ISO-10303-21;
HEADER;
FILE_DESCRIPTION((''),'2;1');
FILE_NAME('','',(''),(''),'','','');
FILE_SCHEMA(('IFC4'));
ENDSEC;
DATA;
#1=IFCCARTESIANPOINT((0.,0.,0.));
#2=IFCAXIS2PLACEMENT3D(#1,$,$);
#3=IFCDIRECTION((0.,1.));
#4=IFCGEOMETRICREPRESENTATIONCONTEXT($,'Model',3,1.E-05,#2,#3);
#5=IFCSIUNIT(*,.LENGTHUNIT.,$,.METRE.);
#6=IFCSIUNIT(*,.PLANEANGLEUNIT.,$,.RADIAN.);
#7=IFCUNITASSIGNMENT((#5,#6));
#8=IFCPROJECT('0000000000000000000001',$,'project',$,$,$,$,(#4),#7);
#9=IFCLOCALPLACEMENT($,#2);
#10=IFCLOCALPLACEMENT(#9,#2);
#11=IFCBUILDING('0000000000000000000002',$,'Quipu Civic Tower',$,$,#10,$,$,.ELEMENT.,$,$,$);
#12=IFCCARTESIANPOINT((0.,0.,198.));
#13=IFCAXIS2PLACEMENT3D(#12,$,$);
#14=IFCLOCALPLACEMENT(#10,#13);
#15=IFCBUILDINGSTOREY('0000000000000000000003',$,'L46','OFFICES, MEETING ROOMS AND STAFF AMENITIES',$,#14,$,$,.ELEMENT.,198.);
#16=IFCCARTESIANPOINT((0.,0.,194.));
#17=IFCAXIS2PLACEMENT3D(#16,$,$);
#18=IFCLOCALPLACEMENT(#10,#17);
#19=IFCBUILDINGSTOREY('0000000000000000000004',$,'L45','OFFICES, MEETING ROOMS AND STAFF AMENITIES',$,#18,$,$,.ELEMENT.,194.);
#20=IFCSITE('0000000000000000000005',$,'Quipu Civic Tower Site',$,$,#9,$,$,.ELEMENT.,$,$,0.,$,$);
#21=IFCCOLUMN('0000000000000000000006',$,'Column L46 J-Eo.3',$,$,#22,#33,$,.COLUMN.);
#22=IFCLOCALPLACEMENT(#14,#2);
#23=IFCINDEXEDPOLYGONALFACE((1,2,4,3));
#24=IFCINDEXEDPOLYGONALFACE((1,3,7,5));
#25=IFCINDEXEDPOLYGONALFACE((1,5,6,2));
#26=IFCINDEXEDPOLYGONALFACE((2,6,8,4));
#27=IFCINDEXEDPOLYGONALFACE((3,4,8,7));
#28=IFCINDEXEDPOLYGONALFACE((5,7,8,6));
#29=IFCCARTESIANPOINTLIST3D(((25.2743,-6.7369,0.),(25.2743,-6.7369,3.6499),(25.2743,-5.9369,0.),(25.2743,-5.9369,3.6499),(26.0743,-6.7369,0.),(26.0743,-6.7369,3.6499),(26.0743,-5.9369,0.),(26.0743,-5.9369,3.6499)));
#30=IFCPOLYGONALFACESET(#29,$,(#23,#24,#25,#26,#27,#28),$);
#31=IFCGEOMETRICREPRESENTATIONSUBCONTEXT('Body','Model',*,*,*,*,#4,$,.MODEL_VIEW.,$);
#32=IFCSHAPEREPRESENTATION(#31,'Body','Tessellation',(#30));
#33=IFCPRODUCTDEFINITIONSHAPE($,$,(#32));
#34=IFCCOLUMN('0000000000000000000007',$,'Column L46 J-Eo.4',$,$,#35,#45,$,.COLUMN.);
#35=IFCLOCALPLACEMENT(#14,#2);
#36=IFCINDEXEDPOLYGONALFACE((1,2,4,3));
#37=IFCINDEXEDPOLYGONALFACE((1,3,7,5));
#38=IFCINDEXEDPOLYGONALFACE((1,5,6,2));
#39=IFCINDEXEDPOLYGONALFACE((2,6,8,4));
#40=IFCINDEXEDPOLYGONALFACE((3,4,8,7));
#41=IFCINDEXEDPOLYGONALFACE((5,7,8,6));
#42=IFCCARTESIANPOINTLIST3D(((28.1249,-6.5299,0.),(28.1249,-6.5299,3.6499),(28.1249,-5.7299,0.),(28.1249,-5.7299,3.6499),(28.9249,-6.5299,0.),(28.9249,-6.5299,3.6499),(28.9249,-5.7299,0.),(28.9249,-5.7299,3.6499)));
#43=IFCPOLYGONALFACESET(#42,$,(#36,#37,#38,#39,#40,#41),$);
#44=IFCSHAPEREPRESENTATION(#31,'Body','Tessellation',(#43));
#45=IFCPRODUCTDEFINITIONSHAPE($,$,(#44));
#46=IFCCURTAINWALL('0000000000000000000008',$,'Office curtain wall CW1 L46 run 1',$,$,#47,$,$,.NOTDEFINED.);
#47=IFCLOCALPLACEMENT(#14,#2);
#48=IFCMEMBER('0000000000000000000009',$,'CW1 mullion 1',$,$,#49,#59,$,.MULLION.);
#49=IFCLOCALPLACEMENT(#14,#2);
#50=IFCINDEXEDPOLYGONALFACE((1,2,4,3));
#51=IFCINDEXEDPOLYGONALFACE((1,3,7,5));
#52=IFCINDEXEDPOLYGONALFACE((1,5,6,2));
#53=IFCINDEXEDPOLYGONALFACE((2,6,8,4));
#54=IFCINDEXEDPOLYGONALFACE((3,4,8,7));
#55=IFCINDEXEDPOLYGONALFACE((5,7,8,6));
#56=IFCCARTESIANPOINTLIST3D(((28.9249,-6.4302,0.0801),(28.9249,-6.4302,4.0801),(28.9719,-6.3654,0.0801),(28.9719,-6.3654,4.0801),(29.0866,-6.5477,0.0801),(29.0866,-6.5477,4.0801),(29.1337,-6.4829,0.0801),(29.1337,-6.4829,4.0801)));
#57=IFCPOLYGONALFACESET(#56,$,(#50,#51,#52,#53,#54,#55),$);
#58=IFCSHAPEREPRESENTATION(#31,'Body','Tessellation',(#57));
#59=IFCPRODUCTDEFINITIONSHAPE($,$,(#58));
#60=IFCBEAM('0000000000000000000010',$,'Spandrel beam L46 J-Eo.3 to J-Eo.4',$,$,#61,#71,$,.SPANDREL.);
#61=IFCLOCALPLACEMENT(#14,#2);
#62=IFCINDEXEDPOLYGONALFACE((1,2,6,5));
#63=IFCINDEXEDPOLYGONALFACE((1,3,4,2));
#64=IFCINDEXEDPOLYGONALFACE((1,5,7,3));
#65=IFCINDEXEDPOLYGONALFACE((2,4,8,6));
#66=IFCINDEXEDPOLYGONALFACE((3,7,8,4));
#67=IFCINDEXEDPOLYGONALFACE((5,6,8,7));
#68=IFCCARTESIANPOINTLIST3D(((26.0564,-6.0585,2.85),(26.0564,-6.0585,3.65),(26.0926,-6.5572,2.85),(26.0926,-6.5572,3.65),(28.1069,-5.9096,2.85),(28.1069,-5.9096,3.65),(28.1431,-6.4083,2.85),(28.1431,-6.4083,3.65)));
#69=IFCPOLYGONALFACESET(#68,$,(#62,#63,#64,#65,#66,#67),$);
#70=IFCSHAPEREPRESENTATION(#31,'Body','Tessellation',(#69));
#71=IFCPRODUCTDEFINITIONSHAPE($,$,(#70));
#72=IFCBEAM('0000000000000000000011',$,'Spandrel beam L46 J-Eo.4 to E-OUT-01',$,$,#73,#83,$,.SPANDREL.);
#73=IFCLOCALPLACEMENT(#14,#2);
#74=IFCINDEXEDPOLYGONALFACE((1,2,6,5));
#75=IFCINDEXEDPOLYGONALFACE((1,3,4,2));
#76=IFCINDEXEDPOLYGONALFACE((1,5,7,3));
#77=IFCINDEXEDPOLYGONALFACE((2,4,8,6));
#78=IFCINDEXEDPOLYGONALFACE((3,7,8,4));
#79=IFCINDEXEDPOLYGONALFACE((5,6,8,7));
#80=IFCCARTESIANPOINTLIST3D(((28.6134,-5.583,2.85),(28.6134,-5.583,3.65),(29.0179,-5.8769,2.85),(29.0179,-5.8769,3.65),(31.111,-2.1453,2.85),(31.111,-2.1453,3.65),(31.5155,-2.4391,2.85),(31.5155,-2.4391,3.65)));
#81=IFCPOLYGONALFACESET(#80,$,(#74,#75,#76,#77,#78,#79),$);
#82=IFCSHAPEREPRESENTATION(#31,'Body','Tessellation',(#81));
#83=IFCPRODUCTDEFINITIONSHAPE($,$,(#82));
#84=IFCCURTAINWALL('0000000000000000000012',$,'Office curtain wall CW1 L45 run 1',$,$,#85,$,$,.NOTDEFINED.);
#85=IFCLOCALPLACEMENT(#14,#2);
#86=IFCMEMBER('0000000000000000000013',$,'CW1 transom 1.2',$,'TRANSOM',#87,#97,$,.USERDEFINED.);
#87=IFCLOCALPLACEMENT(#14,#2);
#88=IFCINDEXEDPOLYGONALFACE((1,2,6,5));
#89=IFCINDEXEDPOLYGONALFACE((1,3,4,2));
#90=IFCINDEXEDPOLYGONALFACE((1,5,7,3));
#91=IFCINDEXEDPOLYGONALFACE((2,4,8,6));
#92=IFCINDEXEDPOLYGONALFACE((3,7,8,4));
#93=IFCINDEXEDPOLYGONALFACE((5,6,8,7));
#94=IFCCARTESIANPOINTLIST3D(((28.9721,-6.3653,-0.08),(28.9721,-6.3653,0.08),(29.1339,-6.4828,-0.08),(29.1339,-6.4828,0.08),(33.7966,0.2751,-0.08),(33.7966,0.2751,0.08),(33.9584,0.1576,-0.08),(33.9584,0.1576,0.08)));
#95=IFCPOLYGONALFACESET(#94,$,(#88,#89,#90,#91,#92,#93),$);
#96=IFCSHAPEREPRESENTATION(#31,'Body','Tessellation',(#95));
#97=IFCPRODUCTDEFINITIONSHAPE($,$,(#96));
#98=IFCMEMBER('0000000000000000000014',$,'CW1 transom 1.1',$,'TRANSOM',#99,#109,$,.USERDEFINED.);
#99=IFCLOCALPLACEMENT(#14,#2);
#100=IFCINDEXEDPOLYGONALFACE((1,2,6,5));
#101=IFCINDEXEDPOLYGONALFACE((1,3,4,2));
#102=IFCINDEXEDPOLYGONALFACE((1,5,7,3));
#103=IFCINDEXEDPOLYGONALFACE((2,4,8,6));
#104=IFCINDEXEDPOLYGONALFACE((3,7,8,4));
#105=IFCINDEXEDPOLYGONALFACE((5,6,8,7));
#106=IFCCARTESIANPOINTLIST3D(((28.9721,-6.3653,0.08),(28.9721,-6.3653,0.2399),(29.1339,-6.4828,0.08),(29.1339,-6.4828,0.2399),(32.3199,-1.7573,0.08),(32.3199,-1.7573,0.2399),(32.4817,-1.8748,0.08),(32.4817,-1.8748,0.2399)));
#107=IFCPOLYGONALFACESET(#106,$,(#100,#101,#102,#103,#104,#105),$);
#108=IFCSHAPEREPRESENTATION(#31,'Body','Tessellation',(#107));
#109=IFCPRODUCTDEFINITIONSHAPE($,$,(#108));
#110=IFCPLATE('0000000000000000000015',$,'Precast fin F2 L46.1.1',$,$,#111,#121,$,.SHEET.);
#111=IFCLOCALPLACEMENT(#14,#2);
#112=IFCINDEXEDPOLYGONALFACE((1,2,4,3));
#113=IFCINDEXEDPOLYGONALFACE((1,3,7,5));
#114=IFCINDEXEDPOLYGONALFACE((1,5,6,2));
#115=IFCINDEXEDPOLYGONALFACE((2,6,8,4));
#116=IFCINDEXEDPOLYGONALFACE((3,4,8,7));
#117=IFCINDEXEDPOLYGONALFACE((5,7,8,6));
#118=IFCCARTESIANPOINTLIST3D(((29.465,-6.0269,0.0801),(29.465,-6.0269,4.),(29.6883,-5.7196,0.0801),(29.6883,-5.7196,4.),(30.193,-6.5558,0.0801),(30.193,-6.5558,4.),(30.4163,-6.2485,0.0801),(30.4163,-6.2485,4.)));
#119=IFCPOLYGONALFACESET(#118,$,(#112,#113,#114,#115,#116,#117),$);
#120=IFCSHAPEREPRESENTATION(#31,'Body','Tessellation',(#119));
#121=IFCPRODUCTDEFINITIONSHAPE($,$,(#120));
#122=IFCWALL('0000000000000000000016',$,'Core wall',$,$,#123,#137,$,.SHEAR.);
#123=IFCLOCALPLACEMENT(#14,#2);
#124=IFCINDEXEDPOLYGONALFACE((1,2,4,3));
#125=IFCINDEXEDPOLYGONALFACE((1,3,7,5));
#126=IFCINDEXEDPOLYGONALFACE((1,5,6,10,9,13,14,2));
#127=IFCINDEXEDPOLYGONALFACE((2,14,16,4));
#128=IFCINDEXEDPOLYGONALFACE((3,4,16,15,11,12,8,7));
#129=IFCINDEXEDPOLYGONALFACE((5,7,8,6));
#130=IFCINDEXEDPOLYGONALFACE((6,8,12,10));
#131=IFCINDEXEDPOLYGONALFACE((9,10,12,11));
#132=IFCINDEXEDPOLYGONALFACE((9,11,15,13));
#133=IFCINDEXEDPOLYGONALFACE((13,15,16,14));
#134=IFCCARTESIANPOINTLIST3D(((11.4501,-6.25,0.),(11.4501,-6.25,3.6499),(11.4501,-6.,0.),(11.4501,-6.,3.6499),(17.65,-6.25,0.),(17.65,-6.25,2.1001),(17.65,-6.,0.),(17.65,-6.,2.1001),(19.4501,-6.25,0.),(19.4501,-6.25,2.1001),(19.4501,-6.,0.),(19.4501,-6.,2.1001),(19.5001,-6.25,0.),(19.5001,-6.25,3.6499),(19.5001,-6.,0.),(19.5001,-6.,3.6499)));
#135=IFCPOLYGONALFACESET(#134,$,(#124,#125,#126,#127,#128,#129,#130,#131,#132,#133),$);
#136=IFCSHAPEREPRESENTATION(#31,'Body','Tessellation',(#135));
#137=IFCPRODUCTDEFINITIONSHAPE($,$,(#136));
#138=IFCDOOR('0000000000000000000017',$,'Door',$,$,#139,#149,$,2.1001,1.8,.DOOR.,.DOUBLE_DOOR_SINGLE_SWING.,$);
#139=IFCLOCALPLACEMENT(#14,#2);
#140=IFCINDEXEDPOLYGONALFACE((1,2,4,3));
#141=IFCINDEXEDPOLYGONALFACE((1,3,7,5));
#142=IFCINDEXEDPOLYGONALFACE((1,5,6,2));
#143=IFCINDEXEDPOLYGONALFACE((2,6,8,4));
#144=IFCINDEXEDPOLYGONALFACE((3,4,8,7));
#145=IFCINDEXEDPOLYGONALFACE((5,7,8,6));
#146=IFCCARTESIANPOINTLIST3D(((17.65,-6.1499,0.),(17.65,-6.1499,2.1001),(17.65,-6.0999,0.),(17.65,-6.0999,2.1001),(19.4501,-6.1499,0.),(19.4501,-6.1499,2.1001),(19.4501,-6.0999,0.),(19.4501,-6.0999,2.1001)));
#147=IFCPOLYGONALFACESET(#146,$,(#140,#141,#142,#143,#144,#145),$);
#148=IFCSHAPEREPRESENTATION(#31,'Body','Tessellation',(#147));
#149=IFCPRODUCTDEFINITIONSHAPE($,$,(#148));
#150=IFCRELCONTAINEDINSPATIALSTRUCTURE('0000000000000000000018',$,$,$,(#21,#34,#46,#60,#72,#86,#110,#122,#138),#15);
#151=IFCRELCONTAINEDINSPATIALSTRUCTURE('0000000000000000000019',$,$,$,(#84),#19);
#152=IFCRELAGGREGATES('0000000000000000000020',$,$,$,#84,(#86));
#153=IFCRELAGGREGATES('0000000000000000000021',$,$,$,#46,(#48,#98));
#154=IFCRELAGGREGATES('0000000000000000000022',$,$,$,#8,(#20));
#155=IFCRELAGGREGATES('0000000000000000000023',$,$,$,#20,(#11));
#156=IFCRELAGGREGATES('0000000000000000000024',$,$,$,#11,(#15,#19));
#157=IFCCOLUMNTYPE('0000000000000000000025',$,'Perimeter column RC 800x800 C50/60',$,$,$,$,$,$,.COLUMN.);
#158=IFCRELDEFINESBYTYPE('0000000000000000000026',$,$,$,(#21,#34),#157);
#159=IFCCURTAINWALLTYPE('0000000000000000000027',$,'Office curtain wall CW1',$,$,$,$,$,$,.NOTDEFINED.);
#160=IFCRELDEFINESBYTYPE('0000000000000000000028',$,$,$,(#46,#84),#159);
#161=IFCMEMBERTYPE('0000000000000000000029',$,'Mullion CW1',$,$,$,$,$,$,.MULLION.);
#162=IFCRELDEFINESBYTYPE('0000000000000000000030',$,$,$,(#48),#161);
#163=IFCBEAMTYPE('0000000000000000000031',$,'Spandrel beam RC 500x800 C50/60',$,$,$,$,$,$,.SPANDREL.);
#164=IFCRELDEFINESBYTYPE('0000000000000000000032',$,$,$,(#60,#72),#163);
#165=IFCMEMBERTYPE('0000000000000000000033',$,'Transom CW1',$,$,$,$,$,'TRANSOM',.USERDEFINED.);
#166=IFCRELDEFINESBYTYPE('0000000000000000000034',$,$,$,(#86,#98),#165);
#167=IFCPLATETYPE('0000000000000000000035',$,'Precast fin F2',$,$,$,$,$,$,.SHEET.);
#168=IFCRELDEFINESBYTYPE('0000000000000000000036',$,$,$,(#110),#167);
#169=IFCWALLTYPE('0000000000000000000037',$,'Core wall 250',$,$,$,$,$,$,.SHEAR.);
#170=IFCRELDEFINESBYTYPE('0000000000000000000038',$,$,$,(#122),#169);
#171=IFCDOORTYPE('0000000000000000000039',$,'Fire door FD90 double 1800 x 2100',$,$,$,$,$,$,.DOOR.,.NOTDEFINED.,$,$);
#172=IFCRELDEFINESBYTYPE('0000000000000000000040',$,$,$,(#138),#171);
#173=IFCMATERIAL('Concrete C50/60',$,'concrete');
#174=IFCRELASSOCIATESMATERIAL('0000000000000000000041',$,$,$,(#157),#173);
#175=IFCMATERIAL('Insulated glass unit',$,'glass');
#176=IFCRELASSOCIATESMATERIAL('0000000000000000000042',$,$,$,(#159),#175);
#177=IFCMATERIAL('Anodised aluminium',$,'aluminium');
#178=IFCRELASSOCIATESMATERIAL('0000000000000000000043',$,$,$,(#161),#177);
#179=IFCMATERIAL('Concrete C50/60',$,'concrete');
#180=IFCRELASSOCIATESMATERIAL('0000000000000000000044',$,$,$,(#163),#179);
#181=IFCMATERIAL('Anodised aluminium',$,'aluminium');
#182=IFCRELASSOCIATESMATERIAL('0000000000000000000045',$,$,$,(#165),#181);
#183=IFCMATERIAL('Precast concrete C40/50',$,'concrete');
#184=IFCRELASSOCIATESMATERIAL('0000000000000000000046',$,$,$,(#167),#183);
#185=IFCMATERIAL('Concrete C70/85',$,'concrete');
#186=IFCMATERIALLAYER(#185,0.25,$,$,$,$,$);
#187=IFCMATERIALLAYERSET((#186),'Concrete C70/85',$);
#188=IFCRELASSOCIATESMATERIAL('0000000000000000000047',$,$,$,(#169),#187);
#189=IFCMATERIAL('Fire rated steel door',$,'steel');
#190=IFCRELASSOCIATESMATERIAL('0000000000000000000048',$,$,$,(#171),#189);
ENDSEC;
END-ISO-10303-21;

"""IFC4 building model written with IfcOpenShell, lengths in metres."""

from ifc_helpers import new_model, si_unit, direction, frame, frame_2d, origin, origin_2d, place, context, subcontext, project, spatial, rectangle, extrude, material, layer, layer_set, material_profile, profile_set, type_object, element, fill, aggregate, save


model = new_model("IFC4")

# Units and contexts
model_context = context("Model", 3, precision=1e-05, world=origin(), true_north=direction((0.0, 1.0)))
body_context = subcontext(model_context, "Body", "Model", "MODEL_VIEW")
ifc_project = project(units=[si_unit("LENGTHUNIT", "METRE"), si_unit("PLANEANGLEUNIT", "RADIAN")], contexts=[model_context])

# Site, building, storey
site_placement = place(None, origin())
site = spatial("IfcSite", under=ifc_project, at=site_placement, Name="Quipu Civic Tower Site", CompositionType="ELEMENT", RefElevation=0.0)
building_placement = place(site_placement, origin())
building = spatial("IfcBuilding", under=site, at=building_placement, Name="Quipu Civic Tower", CompositionType="ELEMENT")
storey_1_placement = place(building_placement, frame((0.0, 0.0, 198.0)))
storey_1 = spatial("IfcBuildingStorey", under=building, at=storey_1_placement, Name="L46", Description="OFFICES, MEETING ROOMS AND STAFF AMENITIES", CompositionType="ELEMENT", Elevation=198.0)

# Columns
ifc_material_1 = material(Name="Concrete C50/60", Category="concrete")
ifc_material_profile_1 = material_profile(ifc_material_1, rectangle(XDim=0.8, YDim=0.8, at=origin_2d()), Name="RC800x800")
ifc_profile_set_1 = profile_set([ifc_material_profile_1], Name="Concrete C50/60")
column_type = type_object("IfcColumnType", Name="Perimeter column RC 800x800 C50/60", PredefinedType="COLUMN", material=ifc_profile_set_1)
for number, where, z_axis, x_axis, name in (
    (1, (25.6743, -6.3369, 0.0), (0.0, 0.0, 1.0), (1.0, 0.0, 0.0), "Column L46 J-Eo.3"),
    (2, (28.5249, -6.1299, 0.0), (0.0, 0.0, 1.0), (1.0, 0.0, 0.0), "Column L46 J-Eo.4"),
):
    element("IfcColumn", number, at=place(storey_1_placement, frame(where, z_axis=z_axis, x_axis=x_axis)), inside=storey_1, type_object=column_type, Name=name, PredefinedType="COLUMN", context=body_context, shape_type="SweptSolid", body=[
        extrude(rectangle(XDim=0.8, YDim=0.8, at=origin_2d()), origin(), (0.0, 0.0, 1.0), 3.6499),
    ])

# Curtain wall, member
ifc_material_2 = material(Name="Insulated glass unit", Category="glass")
curtain_wall_type = type_object("IfcCurtainWallType", Name="Office curtain wall CW1", PredefinedType="NOTDEFINED", material=ifc_material_2)
curtain_wall_1_placement = place(storey_1_placement, origin())
curtain_wall_1 = element("IfcCurtainWall", 3, at=curtain_wall_1_placement, inside=storey_1, type_object=curtain_wall_type, Name="Office curtain wall CW1 L46 run 1", PredefinedType="NOTDEFINED")
ifc_material_3 = material(Name="Anodised aluminium", Category="aluminium")
ifc_material_profile_2 = material_profile(ifc_material_3, rectangle(XDim=0.2, YDim=0.0801, at=origin_2d()), Name="RECT 200x80")
ifc_profile_set_2 = profile_set([ifc_material_profile_2], Name="Anodised aluminium")
member_type_1 = type_object("IfcMemberType", Name="Mullion CW1", PredefinedType="MULLION", material=ifc_profile_set_2)
member_1_placement = place(storey_1_placement, frame((29.0293, -6.4565, 0.0801), z_axis=(0.0, 0.0, 1.0), x_axis=(-0.80902, 0.587781, 0.0)))
member_1 = element("IfcMember", 4, at=member_1_placement, type_object=member_type_1, Name="CW1 mullion 1", PredefinedType="MULLION", context=body_context, shape_type="SweptSolid", body=[
    extrude(rectangle(XDim=0.2, YDim=0.0801, at=origin_2d()), origin(), (0.0, 0.0, 1.0), 4.0),
])

# Beams
ifc_material_4 = material(Name="Concrete C50/60", Category="concrete")
ifc_material_profile_3 = material_profile(ifc_material_4, rectangle(XDim=0.5, YDim=0.8, at=origin_2d()), Name="RC500x800")
ifc_profile_set_3 = profile_set([ifc_material_profile_3], Name="Concrete C50/60")
beam_type = type_object("IfcBeamType", Name="Spandrel beam RC 500x800 C50/60", PredefinedType="SPANDREL", material=ifc_profile_set_3)
beam_1_placement = place(storey_1_placement, frame((26.0745, -6.3079, 3.25), z_axis=(0.997373, 0.072437, 0.0), x_axis=(-0.072437, 0.997373, 0.0)))
element("IfcBeam", 5, at=beam_1_placement, inside=storey_1, type_object=beam_type, Name="Spandrel beam L46 J-Eo.3 to J-Eo.4", PredefinedType="SPANDREL", context=body_context, shape_type="SweptSolid", body=[
    extrude(rectangle(XDim=0.5, YDim=0.8, at=origin_2d()), origin(), (0.0, 0.0, 1.0), 2.0559),
])
beam_2_placement = place(storey_1_placement, frame((28.8157, -5.73, 3.25), z_axis=(0.587769, 0.809029, 0.0), x_axis=(-0.809029, 0.587769, 0.0)))
element("IfcBeam", 6, at=beam_2_placement, inside=storey_1, type_object=beam_type, Name="Spandrel beam L46 J-Eo.4 to E-OUT-01", PredefinedType="SPANDREL", context=body_context, shape_type="SweptSolid", body=[
    extrude(rectangle(XDim=0.5, YDim=0.8, at=origin_2d()), origin(), (0.0, 0.0, 1.0), 4.2493),
])

# Shared definitions
storey_2_placement = place(building_placement, frame((0.0, 0.0, 194.0)))
storey_2 = spatial("IfcBuildingStorey", under=building, at=storey_2_placement, Name="L45", Description="OFFICES, MEETING ROOMS AND STAFF AMENITIES", CompositionType="ELEMENT", Elevation=194.0)

# Curtain wall, member
curtain_wall_2_placement = place(storey_2_placement, origin())
curtain_wall_2 = element("IfcCurtainWall", 7, at=curtain_wall_2_placement, inside=storey_2, type_object=curtain_wall_type, Name="Office curtain wall CW1 L45 run 1", PredefinedType="NOTDEFINED")
ifc_material_5 = material(Name="Anodised aluminium", Category="aluminium")
ifc_material_profile_4 = material_profile(ifc_material_5, rectangle(XDim=0.2, YDim=0.1599, at=origin_2d()), Name="RECT 200x160")
ifc_profile_set_4 = profile_set([ifc_material_profile_4], Name="Anodised aluminium")
member_type_2 = type_object("IfcMemberType", Name="Transom CW1", ElementType="TRANSOM", PredefinedType="USERDEFINED", material=ifc_profile_set_4)
member_2_placement = place(storey_1_placement, frame((29.053, -6.4241, 0.0), z_axis=(0.587781, 0.80902, 0.0), x_axis=(-0.80902, 0.587781, 0.0)))
member_2 = element("IfcMember", 8, at=member_2_placement, inside=storey_1, type_object=member_type_2, Name="CW1 transom 1.2", ObjectType="TRANSOM", PredefinedType="USERDEFINED", context=body_context, shape_type="SweptSolid", body=[
    extrude(rectangle(XDim=0.2, YDim=0.1599, at=origin_2d()), origin(), (0.0, 0.0, 1.0), 8.208),
])
aggregate(curtain_wall_2, [member_2])

# Member
member_3_placement = place(storey_1_placement, frame((29.053, -6.4241, 0.1599), z_axis=(0.587771, 0.809027, 0.0), x_axis=(-0.809027, 0.587771, 0.0)))
member_3 = element("IfcMember", 9, at=member_3_placement, type_object=member_type_2, Name="CW1 transom 1.1", ObjectType="TRANSOM", PredefinedType="USERDEFINED", context=body_context, shape_type="SweptSolid", body=[
    extrude(rectangle(XDim=0.2, YDim=0.1599, at=origin_2d()), origin(), (0.0, 0.0, 1.0), 5.6958),
])
aggregate(curtain_wall_1, [member_1, member_3])

# Plate
ifc_material_6 = material(Name="Precast concrete C40/50", Category="concrete")
plate_type = type_object("IfcPlateType", Name="Precast fin F2", PredefinedType="SHEET", material=ifc_material_6)
plate_placement = place(storey_1_placement, frame((29.9407, -6.1377, 0.0801), z_axis=(0.0, 0.0, 1.0), x_axis=(0.58778, 0.80902, 0.0)))
element("IfcPlate", 10, at=plate_placement, inside=storey_1, type_object=plate_type, Name="Precast fin F2 L46.1.1", PredefinedType="SHEET", context=body_context, shape_type="SweptSolid", body=[
    extrude(rectangle(XDim=0.3799, YDim=0.8999, at=origin_2d()), origin(), (0.0, 0.0, 1.0), 3.9199),
])

# Wall, opening, door
ifc_material_7 = material(Name="Concrete C70/85", Category="concrete")
ifc_layer_1 = layer(ifc_material_7, 0.25)
ifc_layer_set_1 = layer_set([ifc_layer_1], Name="Concrete C70/85")
wall_type_1 = type_object("IfcWallType", Name="Core wall 250", PredefinedType="SHEAR", material=ifc_layer_set_1)
wall_1_placement = place(storey_1_placement, frame((19.5, -6.125, 0.0), z_axis=(0.0, 0.0, 1.0), x_axis=(-1.0, 0.0, 0.0)))
wall_1 = element("IfcWall", 11, at=wall_1_placement, inside=storey_1, type_object=wall_type_1, Name="Core wall", PredefinedType="SHEAR", context=body_context, shape_type="SweptSolid", body=[
    extrude(rectangle(XDim=8.05, YDim=0.25, at=frame_2d((4.0249, 0.0))), origin(), (0.0, 0.0, 1.0), 3.6499),
])
opening_1_placement = place(wall_1_placement, frame((0.05, 0.0, 0.0)))
opening_1 = element("IfcOpeningElement", 12, at=opening_1_placement, cuts=wall_1, PredefinedType="OPENING", context=body_context, shape_type="SweptSolid", body=[
    extrude(rectangle(XDim=1.8, YDim=2.1001, at=frame_2d((0.8999, 1.05))), frame((0.0, 0.135, 0.0), z_axis=(0.0, -1.0, 0.0), x_axis=(1.0, 0.0, 0.0)), (0.0, 0.0, 1.0), 0.27),
])
ifc_material_8 = material(Name="Fire rated steel door", Category="steel")
door_type_1 = type_object("IfcDoorType", Name="Fire door FD90 double 1800 x 2100", OperationType="NOTDEFINED", PredefinedType="DOOR", material=ifc_material_8)
door_1_placement = place(opening_1_placement, origin())
door_1 = element("IfcDoor", 13, at=door_1_placement, inside=storey_1, type_object=door_type_1, Name="Door", OperationType="DOUBLE_DOOR_SINGLE_SWING", OverallHeight=2.1001, OverallWidth=1.8, PredefinedType="DOOR", context=body_context, shape_type="SweptSolid", body=[
    extrude(rectangle(XDim=1.8, YDim=2.1001, at=frame_2d((0.8999, 1.05))), frame((0.0, 0.0249, 0.0), z_axis=(0.0, -1.0, 0.0), x_axis=(1.0, 0.0, 0.0)), (0.0, 0.0, 1.0), 0.05),
])
fill(opening_1, door_1)

save(model, "model.ifc")
